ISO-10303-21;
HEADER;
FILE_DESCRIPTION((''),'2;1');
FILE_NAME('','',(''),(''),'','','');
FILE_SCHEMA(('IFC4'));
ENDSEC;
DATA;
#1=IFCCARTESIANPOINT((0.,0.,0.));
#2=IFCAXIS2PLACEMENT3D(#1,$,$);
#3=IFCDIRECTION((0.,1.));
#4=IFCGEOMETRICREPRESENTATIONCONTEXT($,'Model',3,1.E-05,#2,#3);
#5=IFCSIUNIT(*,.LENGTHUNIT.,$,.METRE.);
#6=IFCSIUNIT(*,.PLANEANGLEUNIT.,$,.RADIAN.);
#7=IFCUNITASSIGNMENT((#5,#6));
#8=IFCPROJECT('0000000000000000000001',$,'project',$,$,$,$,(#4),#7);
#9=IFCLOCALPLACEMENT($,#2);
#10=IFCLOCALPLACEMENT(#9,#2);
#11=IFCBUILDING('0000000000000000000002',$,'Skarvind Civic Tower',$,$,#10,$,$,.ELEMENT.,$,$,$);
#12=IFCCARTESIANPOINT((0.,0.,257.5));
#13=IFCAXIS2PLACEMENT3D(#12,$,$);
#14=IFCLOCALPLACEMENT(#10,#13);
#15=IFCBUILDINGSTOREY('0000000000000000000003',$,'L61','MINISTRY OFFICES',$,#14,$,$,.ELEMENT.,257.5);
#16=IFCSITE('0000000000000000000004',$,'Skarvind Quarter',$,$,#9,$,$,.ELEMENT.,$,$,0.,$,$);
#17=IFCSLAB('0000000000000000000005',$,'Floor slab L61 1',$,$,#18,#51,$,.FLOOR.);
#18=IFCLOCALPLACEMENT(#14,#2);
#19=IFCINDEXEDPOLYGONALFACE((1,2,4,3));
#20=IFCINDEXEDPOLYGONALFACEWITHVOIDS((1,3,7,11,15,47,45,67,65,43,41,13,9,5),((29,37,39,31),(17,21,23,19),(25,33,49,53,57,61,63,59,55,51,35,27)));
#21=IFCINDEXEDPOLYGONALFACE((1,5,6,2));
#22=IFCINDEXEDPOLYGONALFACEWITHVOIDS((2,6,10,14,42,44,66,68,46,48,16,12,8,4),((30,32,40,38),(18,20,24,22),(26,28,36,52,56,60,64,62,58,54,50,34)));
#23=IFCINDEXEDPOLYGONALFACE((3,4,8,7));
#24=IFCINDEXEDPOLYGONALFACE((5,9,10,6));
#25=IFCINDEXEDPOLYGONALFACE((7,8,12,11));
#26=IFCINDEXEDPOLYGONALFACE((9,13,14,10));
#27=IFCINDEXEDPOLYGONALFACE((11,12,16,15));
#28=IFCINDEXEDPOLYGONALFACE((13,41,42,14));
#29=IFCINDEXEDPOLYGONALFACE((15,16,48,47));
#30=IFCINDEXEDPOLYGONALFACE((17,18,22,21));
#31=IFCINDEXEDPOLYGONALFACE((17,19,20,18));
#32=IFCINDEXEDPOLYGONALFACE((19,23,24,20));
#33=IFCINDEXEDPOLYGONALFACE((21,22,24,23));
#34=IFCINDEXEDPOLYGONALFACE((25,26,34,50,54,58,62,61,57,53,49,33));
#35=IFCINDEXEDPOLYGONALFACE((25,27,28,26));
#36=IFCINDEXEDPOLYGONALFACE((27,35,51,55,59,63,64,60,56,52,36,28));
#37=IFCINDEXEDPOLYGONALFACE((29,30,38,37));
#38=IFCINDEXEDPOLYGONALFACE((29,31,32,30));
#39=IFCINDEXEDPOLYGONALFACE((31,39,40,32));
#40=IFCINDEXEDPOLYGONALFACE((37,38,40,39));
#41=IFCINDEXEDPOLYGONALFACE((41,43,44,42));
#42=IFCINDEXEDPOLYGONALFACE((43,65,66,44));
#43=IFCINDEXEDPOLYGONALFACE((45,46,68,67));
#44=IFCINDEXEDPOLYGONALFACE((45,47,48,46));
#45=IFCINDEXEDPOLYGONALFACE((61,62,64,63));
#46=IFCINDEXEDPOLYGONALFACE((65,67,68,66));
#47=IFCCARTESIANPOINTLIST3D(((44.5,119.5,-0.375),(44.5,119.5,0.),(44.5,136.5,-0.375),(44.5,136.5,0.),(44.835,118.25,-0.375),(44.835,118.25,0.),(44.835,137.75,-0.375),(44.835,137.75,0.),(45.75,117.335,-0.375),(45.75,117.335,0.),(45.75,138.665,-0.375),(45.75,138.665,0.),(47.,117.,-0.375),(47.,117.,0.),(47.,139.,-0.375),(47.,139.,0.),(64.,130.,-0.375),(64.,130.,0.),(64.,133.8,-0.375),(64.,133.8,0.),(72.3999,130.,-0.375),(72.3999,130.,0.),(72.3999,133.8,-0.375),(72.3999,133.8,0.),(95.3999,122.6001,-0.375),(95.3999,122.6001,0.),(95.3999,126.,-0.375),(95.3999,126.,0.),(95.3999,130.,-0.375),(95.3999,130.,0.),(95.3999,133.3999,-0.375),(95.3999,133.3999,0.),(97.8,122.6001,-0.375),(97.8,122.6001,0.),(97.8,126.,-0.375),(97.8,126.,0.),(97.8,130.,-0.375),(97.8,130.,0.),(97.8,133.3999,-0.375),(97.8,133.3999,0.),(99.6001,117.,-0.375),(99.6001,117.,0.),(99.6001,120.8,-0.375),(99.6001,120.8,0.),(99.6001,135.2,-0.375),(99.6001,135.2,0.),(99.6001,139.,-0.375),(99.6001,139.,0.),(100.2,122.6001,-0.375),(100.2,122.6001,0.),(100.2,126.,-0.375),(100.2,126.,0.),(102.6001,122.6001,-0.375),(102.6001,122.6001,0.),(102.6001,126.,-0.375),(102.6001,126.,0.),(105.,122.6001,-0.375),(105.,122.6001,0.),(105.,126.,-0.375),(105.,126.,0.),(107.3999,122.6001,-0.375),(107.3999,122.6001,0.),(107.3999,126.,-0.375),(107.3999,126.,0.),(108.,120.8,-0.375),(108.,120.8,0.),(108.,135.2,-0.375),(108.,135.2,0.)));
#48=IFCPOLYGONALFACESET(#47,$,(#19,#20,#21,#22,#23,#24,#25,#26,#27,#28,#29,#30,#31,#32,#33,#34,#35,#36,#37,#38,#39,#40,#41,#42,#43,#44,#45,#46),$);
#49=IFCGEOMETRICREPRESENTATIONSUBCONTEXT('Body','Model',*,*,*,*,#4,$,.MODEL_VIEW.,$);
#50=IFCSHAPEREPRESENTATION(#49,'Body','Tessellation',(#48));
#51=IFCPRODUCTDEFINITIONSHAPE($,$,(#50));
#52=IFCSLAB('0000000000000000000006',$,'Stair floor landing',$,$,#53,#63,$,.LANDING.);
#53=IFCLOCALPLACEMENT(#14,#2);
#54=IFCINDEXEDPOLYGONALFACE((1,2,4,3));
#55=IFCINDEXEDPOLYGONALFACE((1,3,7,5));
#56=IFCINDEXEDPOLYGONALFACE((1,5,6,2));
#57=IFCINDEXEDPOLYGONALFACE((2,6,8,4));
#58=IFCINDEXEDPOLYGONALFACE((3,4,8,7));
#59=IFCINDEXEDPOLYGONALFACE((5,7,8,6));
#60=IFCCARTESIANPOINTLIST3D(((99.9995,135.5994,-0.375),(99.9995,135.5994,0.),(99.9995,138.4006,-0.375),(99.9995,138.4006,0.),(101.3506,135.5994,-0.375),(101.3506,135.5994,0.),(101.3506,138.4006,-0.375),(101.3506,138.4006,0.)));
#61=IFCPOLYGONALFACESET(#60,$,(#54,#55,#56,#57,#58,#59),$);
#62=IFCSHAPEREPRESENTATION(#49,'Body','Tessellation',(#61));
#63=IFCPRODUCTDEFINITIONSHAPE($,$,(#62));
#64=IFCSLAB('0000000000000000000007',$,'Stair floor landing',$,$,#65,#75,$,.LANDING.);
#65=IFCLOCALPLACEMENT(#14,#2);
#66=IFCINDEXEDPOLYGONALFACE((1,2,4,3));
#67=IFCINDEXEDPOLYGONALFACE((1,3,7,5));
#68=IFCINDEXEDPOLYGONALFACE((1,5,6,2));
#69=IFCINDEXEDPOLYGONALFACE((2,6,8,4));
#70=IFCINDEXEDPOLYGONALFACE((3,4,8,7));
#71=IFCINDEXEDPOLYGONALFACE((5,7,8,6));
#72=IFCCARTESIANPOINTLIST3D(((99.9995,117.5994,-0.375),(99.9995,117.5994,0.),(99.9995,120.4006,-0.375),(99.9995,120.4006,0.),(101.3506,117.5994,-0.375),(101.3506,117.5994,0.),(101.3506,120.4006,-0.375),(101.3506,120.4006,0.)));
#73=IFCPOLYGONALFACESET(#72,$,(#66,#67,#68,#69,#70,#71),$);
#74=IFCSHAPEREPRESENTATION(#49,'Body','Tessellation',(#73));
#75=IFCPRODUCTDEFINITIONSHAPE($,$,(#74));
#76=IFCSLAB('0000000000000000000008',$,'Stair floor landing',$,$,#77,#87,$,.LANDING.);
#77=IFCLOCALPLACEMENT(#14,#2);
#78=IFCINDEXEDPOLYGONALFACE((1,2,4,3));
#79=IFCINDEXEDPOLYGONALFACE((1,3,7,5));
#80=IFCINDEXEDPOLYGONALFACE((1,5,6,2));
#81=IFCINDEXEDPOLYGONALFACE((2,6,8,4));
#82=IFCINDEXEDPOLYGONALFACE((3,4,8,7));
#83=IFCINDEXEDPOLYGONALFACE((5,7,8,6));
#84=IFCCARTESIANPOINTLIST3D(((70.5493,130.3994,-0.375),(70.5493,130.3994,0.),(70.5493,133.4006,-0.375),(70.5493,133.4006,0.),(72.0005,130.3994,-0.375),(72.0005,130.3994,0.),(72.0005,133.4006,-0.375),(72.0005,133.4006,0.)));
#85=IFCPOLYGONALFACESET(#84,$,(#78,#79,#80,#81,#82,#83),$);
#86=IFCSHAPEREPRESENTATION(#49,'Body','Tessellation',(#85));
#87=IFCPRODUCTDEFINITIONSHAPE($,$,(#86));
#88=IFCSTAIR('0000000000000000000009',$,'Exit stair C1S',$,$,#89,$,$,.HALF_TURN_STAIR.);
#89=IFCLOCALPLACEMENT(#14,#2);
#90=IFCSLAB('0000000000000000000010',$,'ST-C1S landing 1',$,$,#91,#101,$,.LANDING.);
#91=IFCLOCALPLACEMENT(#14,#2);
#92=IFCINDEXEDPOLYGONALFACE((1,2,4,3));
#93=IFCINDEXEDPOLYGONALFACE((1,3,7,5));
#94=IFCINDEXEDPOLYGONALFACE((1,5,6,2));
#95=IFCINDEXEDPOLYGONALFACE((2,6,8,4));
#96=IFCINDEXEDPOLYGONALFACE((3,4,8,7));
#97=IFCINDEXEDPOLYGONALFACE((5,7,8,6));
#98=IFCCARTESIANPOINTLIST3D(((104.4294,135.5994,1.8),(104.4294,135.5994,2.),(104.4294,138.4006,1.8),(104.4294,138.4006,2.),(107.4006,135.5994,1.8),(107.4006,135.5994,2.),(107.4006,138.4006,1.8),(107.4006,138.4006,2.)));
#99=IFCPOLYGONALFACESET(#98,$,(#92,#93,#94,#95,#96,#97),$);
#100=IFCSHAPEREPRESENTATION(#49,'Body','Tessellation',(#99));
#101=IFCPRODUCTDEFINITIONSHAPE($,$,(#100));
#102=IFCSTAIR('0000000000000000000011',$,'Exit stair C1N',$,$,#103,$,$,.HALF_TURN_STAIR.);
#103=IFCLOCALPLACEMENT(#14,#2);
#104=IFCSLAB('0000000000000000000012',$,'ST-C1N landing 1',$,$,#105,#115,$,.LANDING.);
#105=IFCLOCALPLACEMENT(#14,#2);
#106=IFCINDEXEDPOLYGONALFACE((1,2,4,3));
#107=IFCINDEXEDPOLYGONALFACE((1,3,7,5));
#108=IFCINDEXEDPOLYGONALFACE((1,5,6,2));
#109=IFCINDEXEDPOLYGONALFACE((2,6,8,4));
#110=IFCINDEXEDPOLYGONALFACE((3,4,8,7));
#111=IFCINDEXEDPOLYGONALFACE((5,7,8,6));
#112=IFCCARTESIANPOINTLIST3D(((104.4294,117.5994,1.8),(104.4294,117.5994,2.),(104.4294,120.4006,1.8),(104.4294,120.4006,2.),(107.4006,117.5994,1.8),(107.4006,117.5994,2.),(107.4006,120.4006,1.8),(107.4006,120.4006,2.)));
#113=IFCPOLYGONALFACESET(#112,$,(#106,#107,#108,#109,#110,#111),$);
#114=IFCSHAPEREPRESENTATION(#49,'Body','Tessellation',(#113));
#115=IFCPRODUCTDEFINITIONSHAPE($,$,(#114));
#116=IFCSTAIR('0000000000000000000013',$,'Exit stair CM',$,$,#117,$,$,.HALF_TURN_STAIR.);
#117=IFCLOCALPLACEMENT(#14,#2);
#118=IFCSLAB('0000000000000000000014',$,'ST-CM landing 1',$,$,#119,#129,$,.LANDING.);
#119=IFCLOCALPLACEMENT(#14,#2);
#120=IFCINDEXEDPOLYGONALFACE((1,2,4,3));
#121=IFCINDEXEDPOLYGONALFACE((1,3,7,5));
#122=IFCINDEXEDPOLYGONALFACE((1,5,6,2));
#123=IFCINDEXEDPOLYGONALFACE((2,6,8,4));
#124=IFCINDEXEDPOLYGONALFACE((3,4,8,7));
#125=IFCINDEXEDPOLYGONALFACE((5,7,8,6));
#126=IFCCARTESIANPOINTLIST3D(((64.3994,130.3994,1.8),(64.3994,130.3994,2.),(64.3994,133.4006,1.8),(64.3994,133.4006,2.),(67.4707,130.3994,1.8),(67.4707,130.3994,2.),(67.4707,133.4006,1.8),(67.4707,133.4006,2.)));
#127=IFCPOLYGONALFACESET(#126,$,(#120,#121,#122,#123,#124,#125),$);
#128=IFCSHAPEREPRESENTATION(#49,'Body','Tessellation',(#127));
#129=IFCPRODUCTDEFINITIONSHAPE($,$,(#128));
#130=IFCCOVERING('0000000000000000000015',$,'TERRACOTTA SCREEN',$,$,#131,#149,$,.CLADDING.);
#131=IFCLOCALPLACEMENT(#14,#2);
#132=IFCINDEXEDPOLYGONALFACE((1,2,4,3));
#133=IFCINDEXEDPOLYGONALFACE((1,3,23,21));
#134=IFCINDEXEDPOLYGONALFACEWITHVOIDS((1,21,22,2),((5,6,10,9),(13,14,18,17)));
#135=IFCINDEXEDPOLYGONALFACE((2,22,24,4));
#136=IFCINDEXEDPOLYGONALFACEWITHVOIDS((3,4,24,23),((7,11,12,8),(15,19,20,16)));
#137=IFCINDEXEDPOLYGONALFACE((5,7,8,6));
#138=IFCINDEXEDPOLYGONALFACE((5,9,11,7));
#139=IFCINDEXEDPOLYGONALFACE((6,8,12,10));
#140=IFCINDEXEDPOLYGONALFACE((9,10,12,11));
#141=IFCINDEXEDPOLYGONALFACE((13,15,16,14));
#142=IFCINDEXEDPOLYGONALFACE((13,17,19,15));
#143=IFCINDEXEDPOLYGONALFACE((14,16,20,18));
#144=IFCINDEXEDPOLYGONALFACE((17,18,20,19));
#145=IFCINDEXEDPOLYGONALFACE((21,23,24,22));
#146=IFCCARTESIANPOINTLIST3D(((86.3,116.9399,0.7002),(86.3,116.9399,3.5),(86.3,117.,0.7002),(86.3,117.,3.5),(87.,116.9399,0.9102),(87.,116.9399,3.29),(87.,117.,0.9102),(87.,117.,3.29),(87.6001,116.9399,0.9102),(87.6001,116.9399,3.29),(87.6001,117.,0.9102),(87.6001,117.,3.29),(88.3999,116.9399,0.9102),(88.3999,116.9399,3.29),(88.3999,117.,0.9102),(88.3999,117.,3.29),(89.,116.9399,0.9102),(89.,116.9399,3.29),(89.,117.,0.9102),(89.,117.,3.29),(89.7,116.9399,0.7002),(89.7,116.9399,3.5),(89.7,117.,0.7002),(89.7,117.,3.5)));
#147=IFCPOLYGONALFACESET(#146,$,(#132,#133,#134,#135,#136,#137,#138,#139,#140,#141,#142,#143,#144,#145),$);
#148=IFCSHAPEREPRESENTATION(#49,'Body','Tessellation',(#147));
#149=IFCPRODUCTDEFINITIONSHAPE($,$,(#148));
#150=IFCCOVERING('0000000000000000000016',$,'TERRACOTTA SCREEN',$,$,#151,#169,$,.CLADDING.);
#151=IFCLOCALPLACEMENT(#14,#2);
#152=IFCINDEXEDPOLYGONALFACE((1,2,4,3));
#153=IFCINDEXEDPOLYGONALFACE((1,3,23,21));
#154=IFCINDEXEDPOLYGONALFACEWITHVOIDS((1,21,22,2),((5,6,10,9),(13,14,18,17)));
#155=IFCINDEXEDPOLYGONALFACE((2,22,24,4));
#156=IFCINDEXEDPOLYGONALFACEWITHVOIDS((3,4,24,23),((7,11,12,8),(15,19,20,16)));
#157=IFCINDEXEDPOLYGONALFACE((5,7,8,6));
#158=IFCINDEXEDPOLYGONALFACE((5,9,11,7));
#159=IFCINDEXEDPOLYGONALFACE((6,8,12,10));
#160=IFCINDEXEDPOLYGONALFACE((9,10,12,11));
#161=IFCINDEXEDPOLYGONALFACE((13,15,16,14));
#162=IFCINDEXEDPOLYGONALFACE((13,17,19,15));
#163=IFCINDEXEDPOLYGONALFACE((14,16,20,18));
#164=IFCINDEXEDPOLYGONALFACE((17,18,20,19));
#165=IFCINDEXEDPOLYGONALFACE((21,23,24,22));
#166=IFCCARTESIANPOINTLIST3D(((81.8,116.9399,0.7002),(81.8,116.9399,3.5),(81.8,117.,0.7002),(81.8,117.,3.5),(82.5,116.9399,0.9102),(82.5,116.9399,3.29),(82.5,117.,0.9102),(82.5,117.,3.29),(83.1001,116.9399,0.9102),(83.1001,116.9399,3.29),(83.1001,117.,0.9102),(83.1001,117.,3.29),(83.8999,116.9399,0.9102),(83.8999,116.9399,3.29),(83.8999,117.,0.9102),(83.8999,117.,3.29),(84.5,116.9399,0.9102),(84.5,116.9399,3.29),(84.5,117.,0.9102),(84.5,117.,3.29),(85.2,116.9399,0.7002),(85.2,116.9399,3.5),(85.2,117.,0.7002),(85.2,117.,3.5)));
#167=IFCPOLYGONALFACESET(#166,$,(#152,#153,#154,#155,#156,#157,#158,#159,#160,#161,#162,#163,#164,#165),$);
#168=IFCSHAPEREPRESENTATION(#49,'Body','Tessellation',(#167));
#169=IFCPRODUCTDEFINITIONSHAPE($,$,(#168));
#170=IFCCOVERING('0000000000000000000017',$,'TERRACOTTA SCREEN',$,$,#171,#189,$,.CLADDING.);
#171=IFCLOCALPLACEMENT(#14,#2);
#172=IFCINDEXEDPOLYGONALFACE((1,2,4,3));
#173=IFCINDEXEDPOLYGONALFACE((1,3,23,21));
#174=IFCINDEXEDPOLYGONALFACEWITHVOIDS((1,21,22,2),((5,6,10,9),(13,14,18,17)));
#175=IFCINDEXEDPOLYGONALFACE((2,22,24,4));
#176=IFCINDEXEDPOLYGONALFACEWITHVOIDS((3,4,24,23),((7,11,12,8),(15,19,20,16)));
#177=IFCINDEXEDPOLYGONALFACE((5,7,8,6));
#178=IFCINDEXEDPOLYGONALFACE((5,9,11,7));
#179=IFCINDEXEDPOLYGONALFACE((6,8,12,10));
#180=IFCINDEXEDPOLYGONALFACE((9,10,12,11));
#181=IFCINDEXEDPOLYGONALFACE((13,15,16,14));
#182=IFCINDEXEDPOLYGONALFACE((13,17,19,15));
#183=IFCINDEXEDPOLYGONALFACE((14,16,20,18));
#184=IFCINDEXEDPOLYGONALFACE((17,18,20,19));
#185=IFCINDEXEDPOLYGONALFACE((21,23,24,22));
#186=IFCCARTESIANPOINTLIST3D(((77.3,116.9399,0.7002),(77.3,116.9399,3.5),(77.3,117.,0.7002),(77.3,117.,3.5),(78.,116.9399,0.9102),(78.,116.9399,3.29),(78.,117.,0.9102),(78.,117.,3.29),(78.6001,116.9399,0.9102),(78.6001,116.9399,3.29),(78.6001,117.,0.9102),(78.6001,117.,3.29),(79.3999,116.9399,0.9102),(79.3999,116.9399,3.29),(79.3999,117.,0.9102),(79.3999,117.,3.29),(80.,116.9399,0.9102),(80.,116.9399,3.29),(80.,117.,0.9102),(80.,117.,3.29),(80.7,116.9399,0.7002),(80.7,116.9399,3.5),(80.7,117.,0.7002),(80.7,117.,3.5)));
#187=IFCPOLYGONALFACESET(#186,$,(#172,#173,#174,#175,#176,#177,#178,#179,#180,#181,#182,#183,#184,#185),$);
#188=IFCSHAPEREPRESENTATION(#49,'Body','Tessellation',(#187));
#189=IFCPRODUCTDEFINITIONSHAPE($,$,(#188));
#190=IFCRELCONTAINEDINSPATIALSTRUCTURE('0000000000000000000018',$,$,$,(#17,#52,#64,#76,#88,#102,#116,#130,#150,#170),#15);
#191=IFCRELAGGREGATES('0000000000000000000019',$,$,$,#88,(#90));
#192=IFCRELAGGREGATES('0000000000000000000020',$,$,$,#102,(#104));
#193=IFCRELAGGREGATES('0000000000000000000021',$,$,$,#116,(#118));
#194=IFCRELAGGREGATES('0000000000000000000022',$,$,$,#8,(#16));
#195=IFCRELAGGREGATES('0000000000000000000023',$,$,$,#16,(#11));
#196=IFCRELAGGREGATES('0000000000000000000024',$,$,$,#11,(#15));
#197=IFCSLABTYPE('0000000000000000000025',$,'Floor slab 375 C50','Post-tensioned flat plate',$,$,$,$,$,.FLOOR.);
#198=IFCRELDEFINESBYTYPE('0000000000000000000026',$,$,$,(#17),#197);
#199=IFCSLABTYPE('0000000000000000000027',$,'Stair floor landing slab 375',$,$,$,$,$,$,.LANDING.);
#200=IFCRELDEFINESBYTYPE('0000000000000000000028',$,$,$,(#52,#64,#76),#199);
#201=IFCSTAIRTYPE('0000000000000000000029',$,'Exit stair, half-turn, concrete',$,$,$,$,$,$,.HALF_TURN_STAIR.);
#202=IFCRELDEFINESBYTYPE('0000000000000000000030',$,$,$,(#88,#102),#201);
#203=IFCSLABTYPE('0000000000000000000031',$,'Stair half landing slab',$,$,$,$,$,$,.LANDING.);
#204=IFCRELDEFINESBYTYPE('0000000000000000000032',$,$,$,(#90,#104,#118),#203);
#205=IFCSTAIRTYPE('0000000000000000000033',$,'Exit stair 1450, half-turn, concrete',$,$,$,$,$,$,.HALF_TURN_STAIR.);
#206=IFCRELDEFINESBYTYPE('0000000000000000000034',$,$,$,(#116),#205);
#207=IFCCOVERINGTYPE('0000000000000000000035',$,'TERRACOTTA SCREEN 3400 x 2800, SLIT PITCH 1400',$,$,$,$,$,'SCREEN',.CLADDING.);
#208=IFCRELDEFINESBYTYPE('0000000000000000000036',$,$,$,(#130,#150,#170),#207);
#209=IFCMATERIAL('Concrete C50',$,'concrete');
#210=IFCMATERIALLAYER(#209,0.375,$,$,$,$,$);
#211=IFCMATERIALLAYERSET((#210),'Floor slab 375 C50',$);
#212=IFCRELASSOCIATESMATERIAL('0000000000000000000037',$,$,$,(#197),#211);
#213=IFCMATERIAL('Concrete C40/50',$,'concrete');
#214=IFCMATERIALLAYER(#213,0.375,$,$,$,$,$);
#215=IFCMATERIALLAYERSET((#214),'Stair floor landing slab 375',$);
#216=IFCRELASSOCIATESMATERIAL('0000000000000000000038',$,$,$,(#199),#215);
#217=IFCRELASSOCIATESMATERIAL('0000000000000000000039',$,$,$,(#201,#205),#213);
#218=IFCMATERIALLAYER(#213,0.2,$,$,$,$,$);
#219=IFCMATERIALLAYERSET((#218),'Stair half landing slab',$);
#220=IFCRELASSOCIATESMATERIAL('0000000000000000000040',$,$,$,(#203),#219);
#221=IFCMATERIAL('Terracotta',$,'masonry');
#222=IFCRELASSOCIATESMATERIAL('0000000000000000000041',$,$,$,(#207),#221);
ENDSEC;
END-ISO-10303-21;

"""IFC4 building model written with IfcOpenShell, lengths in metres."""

from ifc_helpers import new_model, si_unit, direction, frame, origin, place, context, subcontext, project, spatial, polyline, outline, extrude, material, layer, layer_set, material_profile, profile_set, type_object, element, aggregate, save


model = new_model("IFC4")

# Units and contexts
model_context = context("Model", 3, precision=1e-05, world=origin(), true_north=direction((0.0, 1.0)))
body_context = subcontext(model_context, "Body", "Model", "MODEL_VIEW")
ifc_project = project(units=[si_unit("LENGTHUNIT", "METRE"), si_unit("PLANEANGLEUNIT", "RADIAN")], contexts=[model_context])

# Site, building, storey
site_placement = place(None, origin())
site = spatial("IfcSite", under=ifc_project, at=site_placement, Name="Skarvind Quarter", CompositionType="ELEMENT", RefElevation=0.0)
building_placement = place(site_placement, origin())
building = spatial("IfcBuilding", under=site, at=building_placement, Name="Skarvind Civic Tower", CompositionType="ELEMENT")
storey_placement = place(building_placement, frame((0.0, 0.0, 257.5)))
storey = spatial("IfcBuildingStorey", under=building, at=storey_placement, Name="L61", Description="MINISTRY OFFICES", CompositionType="ELEMENT", Elevation=257.5)

# Slabs
ifc_material_1 = material(Name="Concrete C50", Category="concrete")
ifc_layer_1 = layer(ifc_material_1, 0.375)
ifc_layer_set_1 = layer_set([ifc_layer_1], Name="Floor slab 375 C50")
slab_type_1 = type_object("IfcSlabType", Name="Floor slab 375 C50", Description="Post-tensioned flat plate", PredefinedType="FLOOR", material=ifc_layer_set_1)
slab_1_placement = place(storey_placement, frame((0.0, 0.0, -0.375)))
element("IfcSlab", 1, at=slab_1_placement, inside=storey, type_object=slab_type_1, Name="Floor slab L61 1", PredefinedType="FLOOR", context=body_context, shape_type="SweptSolid", body=[
    extrude(outline(polyline([(99.6001, 117.0), (99.6001, 120.8), (108.0, 120.8), (108.0, 135.2), (99.6001, 135.2), (99.6001, 139.0), (47.0, 139.0), (45.75, 138.665), (44.835, 137.75), (44.5, 136.5), (44.5, 119.5), (44.835, 118.25), (45.75, 117.335), (47.0, 117.0), (99.6001, 117.0)]), holes=[polyline([(95.3999, 126.0), (97.8, 126.0), (100.2, 126.0), (102.6001, 126.0), (105.0, 126.0), (107.3999, 126.0), (107.3999, 122.6001), (105.0, 122.6001), (102.6001, 122.6001), (100.2, 122.6001), (97.8, 122.6001), (95.3999, 122.6001), (95.3999, 126.0)]), polyline([(95.3999, 133.3999), (97.8, 133.3999), (97.8, 130.0), (95.3999, 130.0), (95.3999, 133.3999)]), polyline([(64.0, 130.0), (64.0, 133.8), (72.3999, 133.8), (72.3999, 130.0), (64.0, 130.0)])]), origin(), (0.0, 0.0, 1.0), 0.375),
])
ifc_material_2 = material(Name="Concrete C40/50", Category="concrete")
ifc_layer_2 = layer(ifc_material_2, 0.375)
ifc_layer_set_2 = layer_set([ifc_layer_2], Name="Stair floor landing slab 375")
slab_type_2 = type_object("IfcSlabType", Name="Stair floor landing slab 375", PredefinedType="LANDING", material=ifc_layer_set_2)
slab_2_placement = place(storey_placement, frame((0.0, 0.0, -0.375)))
element("IfcSlab", 2, at=slab_2_placement, inside=storey, type_object=slab_type_2, Name="Stair floor landing", PredefinedType="LANDING", context=body_context, shape_type="SweptSolid", body=[
    extrude(outline(polyline([(101.3506, 138.4006), (101.3506, 135.5994), (99.9995, 135.5994), (99.9995, 138.4006), (101.3506, 138.4006)])), origin(), (0.0, 0.0, 1.0), 0.375),
])
slab_3_placement = place(storey_placement, frame((0.0, 0.0, -0.375)))
element("IfcSlab", 3, at=slab_3_placement, inside=storey, type_object=slab_type_2, Name="Stair floor landing", PredefinedType="LANDING", context=body_context, shape_type="SweptSolid", body=[
    extrude(outline(polyline([(101.3506, 120.4006), (101.3506, 117.5994), (99.9995, 117.5994), (99.9995, 120.4006), (101.3506, 120.4006)])), origin(), (0.0, 0.0, 1.0), 0.375),
])
slab_4_placement = place(storey_placement, frame((0.0, 0.0, -0.375)))
element("IfcSlab", 4, at=slab_4_placement, inside=storey, type_object=slab_type_2, Name="Stair floor landing", PredefinedType="LANDING", context=body_context, shape_type="SweptSolid", body=[
    extrude(outline(polyline([(70.5493, 130.3994), (70.5493, 133.4006), (72.0005, 133.4006), (72.0005, 130.3994), (70.5493, 130.3994)])), origin(), (0.0, 0.0, 1.0), 0.375),
])

# Stairs, slabs
stair_type_1 = type_object("IfcStairType", Name="Exit stair, half-turn, concrete", PredefinedType="HALF_TURN_STAIR", material=ifc_material_2)
stair_1_placement = place(storey_placement, origin())
stair_1 = element("IfcStair", 5, at=stair_1_placement, inside=storey, type_object=stair_type_1, Name="Exit stair C1S", PredefinedType="HALF_TURN_STAIR")
ifc_layer_3 = layer(ifc_material_2, 0.2)
ifc_layer_set_3 = layer_set([ifc_layer_3], Name="Stair half landing slab")
slab_type_3 = type_object("IfcSlabType", Name="Stair half landing slab", PredefinedType="LANDING", material=ifc_layer_set_3)
slab_5_placement = place(storey_placement, frame((0.0, 0.0, 1.8)))
slab_5 = element("IfcSlab", 6, at=slab_5_placement, type_object=slab_type_3, Name="ST-C1S landing 1", PredefinedType="LANDING", context=body_context, shape_type="SweptSolid", body=[
    extrude(outline(polyline([(104.4294, 135.5994), (104.4294, 138.4006), (107.4006, 138.4006), (107.4006, 135.5994), (104.4294, 135.5994)])), origin(), (0.0, 0.0, 1.0), 0.2),
])
aggregate(stair_1, [slab_5])
stair_2_placement = place(storey_placement, origin())
stair_2 = element("IfcStair", 7, at=stair_2_placement, inside=storey, type_object=stair_type_1, Name="Exit stair C1N", PredefinedType="HALF_TURN_STAIR")
slab_6_placement = place(storey_placement, frame((0.0, 0.0, 1.8)))
slab_6 = element("IfcSlab", 8, at=slab_6_placement, type_object=slab_type_3, Name="ST-C1N landing 1", PredefinedType="LANDING", context=body_context, shape_type="SweptSolid", body=[
    extrude(outline(polyline([(104.4294, 117.5994), (104.4294, 120.4006), (107.4006, 120.4006), (107.4006, 117.5994), (104.4294, 117.5994)])), origin(), (0.0, 0.0, 1.0), 0.2),
])
aggregate(stair_2, [slab_6])
stair_type_2 = type_object("IfcStairType", Name="Exit stair 1450, half-turn, concrete", PredefinedType="HALF_TURN_STAIR", material=ifc_material_2)
stair_3_placement = place(storey_placement, origin())
stair_3 = element("IfcStair", 9, at=stair_3_placement, inside=storey, type_object=stair_type_2, Name="Exit stair CM", PredefinedType="HALF_TURN_STAIR")
slab_7_placement = place(storey_placement, frame((0.0, 0.0, 1.8)))
slab_7 = element("IfcSlab", 10, at=slab_7_placement, type_object=slab_type_3, Name="ST-CM landing 1", PredefinedType="LANDING", context=body_context, shape_type="SweptSolid", body=[
    extrude(outline(polyline([(67.4707, 133.4006), (67.4707, 130.3994), (64.3994, 130.3994), (64.3994, 133.4006), (67.4707, 133.4006)])), origin(), (0.0, 0.0, 1.0), 0.2),
])
aggregate(stair_3, [slab_7])

# Coverings
ifc_material_3 = material(Name="Terracotta", Category="masonry")
ifc_material_profile = material_profile(ifc_material_3, outline(polyline([(-1.7, -1.3999), (1.7, -1.3999), (1.7, 1.3999), (-1.7, 1.3999), (-1.7, -1.3999)]), holes=[polyline([(-1.0, -1.1899), (-0.3999, -1.1899), (-0.3999, 1.1899), (-1.0, 1.1899), (-1.0, -1.1899)]), polyline([(0.3999, -1.1899), (1.0, -1.1899), (1.0, 1.1899), (0.3999, 1.1899), (0.3999, -1.1899)])]), Name="TERRACOTTA SCREEN 3400 x 2800, SLIT PITCH 1400")
ifc_profile_set = profile_set([ifc_material_profile], Name="Terracotta")
covering_type = type_object("IfcCoveringType", Name="TERRACOTTA SCREEN 3400 x 2800, SLIT PITCH 1400", ElementType="SCREEN", PredefinedType="CLADDING", material=ifc_profile_set)
for number, where, z_axis, x_axis, name in (
    (11, (88.0, 117.0, 2.1001), (0.0, -1.0, 0.0), (1.0, 0.0, 0.0), "TERRACOTTA SCREEN"),
    (12, (83.5, 117.0, 2.1001), (0.0, -1.0, 0.0), (1.0, 0.0, 0.0), "TERRACOTTA SCREEN"),
    (13, (79.0, 117.0, 2.1001), (0.0, -1.0, 0.0), (1.0, 0.0, 0.0), "TERRACOTTA SCREEN"),
):
    element("IfcCovering", number, at=place(storey_placement, frame(where, z_axis=z_axis, x_axis=x_axis)), inside=storey, type_object=covering_type, Name=name, PredefinedType="CLADDING", context=body_context, shape_type="SweptSolid", body=[
        extrude(outline(polyline([(-1.7, -1.3999), (1.7, -1.3999), (1.7, 1.3999), (-1.7, 1.3999), (-1.7, -1.3999)]), holes=[polyline([(-1.0, -1.1899), (-0.3999, -1.1899), (-0.3999, 1.1899), (-1.0, 1.1899), (-1.0, -1.1899)]), polyline([(0.3999, -1.1899), (1.0, -1.1899), (1.0, 1.1899), (0.3999, 1.1899), (0.3999, -1.1899)])]), origin(), (0.0, 0.0, 1.0), 0.0601),
    ])

save(model, "model.ifc")
